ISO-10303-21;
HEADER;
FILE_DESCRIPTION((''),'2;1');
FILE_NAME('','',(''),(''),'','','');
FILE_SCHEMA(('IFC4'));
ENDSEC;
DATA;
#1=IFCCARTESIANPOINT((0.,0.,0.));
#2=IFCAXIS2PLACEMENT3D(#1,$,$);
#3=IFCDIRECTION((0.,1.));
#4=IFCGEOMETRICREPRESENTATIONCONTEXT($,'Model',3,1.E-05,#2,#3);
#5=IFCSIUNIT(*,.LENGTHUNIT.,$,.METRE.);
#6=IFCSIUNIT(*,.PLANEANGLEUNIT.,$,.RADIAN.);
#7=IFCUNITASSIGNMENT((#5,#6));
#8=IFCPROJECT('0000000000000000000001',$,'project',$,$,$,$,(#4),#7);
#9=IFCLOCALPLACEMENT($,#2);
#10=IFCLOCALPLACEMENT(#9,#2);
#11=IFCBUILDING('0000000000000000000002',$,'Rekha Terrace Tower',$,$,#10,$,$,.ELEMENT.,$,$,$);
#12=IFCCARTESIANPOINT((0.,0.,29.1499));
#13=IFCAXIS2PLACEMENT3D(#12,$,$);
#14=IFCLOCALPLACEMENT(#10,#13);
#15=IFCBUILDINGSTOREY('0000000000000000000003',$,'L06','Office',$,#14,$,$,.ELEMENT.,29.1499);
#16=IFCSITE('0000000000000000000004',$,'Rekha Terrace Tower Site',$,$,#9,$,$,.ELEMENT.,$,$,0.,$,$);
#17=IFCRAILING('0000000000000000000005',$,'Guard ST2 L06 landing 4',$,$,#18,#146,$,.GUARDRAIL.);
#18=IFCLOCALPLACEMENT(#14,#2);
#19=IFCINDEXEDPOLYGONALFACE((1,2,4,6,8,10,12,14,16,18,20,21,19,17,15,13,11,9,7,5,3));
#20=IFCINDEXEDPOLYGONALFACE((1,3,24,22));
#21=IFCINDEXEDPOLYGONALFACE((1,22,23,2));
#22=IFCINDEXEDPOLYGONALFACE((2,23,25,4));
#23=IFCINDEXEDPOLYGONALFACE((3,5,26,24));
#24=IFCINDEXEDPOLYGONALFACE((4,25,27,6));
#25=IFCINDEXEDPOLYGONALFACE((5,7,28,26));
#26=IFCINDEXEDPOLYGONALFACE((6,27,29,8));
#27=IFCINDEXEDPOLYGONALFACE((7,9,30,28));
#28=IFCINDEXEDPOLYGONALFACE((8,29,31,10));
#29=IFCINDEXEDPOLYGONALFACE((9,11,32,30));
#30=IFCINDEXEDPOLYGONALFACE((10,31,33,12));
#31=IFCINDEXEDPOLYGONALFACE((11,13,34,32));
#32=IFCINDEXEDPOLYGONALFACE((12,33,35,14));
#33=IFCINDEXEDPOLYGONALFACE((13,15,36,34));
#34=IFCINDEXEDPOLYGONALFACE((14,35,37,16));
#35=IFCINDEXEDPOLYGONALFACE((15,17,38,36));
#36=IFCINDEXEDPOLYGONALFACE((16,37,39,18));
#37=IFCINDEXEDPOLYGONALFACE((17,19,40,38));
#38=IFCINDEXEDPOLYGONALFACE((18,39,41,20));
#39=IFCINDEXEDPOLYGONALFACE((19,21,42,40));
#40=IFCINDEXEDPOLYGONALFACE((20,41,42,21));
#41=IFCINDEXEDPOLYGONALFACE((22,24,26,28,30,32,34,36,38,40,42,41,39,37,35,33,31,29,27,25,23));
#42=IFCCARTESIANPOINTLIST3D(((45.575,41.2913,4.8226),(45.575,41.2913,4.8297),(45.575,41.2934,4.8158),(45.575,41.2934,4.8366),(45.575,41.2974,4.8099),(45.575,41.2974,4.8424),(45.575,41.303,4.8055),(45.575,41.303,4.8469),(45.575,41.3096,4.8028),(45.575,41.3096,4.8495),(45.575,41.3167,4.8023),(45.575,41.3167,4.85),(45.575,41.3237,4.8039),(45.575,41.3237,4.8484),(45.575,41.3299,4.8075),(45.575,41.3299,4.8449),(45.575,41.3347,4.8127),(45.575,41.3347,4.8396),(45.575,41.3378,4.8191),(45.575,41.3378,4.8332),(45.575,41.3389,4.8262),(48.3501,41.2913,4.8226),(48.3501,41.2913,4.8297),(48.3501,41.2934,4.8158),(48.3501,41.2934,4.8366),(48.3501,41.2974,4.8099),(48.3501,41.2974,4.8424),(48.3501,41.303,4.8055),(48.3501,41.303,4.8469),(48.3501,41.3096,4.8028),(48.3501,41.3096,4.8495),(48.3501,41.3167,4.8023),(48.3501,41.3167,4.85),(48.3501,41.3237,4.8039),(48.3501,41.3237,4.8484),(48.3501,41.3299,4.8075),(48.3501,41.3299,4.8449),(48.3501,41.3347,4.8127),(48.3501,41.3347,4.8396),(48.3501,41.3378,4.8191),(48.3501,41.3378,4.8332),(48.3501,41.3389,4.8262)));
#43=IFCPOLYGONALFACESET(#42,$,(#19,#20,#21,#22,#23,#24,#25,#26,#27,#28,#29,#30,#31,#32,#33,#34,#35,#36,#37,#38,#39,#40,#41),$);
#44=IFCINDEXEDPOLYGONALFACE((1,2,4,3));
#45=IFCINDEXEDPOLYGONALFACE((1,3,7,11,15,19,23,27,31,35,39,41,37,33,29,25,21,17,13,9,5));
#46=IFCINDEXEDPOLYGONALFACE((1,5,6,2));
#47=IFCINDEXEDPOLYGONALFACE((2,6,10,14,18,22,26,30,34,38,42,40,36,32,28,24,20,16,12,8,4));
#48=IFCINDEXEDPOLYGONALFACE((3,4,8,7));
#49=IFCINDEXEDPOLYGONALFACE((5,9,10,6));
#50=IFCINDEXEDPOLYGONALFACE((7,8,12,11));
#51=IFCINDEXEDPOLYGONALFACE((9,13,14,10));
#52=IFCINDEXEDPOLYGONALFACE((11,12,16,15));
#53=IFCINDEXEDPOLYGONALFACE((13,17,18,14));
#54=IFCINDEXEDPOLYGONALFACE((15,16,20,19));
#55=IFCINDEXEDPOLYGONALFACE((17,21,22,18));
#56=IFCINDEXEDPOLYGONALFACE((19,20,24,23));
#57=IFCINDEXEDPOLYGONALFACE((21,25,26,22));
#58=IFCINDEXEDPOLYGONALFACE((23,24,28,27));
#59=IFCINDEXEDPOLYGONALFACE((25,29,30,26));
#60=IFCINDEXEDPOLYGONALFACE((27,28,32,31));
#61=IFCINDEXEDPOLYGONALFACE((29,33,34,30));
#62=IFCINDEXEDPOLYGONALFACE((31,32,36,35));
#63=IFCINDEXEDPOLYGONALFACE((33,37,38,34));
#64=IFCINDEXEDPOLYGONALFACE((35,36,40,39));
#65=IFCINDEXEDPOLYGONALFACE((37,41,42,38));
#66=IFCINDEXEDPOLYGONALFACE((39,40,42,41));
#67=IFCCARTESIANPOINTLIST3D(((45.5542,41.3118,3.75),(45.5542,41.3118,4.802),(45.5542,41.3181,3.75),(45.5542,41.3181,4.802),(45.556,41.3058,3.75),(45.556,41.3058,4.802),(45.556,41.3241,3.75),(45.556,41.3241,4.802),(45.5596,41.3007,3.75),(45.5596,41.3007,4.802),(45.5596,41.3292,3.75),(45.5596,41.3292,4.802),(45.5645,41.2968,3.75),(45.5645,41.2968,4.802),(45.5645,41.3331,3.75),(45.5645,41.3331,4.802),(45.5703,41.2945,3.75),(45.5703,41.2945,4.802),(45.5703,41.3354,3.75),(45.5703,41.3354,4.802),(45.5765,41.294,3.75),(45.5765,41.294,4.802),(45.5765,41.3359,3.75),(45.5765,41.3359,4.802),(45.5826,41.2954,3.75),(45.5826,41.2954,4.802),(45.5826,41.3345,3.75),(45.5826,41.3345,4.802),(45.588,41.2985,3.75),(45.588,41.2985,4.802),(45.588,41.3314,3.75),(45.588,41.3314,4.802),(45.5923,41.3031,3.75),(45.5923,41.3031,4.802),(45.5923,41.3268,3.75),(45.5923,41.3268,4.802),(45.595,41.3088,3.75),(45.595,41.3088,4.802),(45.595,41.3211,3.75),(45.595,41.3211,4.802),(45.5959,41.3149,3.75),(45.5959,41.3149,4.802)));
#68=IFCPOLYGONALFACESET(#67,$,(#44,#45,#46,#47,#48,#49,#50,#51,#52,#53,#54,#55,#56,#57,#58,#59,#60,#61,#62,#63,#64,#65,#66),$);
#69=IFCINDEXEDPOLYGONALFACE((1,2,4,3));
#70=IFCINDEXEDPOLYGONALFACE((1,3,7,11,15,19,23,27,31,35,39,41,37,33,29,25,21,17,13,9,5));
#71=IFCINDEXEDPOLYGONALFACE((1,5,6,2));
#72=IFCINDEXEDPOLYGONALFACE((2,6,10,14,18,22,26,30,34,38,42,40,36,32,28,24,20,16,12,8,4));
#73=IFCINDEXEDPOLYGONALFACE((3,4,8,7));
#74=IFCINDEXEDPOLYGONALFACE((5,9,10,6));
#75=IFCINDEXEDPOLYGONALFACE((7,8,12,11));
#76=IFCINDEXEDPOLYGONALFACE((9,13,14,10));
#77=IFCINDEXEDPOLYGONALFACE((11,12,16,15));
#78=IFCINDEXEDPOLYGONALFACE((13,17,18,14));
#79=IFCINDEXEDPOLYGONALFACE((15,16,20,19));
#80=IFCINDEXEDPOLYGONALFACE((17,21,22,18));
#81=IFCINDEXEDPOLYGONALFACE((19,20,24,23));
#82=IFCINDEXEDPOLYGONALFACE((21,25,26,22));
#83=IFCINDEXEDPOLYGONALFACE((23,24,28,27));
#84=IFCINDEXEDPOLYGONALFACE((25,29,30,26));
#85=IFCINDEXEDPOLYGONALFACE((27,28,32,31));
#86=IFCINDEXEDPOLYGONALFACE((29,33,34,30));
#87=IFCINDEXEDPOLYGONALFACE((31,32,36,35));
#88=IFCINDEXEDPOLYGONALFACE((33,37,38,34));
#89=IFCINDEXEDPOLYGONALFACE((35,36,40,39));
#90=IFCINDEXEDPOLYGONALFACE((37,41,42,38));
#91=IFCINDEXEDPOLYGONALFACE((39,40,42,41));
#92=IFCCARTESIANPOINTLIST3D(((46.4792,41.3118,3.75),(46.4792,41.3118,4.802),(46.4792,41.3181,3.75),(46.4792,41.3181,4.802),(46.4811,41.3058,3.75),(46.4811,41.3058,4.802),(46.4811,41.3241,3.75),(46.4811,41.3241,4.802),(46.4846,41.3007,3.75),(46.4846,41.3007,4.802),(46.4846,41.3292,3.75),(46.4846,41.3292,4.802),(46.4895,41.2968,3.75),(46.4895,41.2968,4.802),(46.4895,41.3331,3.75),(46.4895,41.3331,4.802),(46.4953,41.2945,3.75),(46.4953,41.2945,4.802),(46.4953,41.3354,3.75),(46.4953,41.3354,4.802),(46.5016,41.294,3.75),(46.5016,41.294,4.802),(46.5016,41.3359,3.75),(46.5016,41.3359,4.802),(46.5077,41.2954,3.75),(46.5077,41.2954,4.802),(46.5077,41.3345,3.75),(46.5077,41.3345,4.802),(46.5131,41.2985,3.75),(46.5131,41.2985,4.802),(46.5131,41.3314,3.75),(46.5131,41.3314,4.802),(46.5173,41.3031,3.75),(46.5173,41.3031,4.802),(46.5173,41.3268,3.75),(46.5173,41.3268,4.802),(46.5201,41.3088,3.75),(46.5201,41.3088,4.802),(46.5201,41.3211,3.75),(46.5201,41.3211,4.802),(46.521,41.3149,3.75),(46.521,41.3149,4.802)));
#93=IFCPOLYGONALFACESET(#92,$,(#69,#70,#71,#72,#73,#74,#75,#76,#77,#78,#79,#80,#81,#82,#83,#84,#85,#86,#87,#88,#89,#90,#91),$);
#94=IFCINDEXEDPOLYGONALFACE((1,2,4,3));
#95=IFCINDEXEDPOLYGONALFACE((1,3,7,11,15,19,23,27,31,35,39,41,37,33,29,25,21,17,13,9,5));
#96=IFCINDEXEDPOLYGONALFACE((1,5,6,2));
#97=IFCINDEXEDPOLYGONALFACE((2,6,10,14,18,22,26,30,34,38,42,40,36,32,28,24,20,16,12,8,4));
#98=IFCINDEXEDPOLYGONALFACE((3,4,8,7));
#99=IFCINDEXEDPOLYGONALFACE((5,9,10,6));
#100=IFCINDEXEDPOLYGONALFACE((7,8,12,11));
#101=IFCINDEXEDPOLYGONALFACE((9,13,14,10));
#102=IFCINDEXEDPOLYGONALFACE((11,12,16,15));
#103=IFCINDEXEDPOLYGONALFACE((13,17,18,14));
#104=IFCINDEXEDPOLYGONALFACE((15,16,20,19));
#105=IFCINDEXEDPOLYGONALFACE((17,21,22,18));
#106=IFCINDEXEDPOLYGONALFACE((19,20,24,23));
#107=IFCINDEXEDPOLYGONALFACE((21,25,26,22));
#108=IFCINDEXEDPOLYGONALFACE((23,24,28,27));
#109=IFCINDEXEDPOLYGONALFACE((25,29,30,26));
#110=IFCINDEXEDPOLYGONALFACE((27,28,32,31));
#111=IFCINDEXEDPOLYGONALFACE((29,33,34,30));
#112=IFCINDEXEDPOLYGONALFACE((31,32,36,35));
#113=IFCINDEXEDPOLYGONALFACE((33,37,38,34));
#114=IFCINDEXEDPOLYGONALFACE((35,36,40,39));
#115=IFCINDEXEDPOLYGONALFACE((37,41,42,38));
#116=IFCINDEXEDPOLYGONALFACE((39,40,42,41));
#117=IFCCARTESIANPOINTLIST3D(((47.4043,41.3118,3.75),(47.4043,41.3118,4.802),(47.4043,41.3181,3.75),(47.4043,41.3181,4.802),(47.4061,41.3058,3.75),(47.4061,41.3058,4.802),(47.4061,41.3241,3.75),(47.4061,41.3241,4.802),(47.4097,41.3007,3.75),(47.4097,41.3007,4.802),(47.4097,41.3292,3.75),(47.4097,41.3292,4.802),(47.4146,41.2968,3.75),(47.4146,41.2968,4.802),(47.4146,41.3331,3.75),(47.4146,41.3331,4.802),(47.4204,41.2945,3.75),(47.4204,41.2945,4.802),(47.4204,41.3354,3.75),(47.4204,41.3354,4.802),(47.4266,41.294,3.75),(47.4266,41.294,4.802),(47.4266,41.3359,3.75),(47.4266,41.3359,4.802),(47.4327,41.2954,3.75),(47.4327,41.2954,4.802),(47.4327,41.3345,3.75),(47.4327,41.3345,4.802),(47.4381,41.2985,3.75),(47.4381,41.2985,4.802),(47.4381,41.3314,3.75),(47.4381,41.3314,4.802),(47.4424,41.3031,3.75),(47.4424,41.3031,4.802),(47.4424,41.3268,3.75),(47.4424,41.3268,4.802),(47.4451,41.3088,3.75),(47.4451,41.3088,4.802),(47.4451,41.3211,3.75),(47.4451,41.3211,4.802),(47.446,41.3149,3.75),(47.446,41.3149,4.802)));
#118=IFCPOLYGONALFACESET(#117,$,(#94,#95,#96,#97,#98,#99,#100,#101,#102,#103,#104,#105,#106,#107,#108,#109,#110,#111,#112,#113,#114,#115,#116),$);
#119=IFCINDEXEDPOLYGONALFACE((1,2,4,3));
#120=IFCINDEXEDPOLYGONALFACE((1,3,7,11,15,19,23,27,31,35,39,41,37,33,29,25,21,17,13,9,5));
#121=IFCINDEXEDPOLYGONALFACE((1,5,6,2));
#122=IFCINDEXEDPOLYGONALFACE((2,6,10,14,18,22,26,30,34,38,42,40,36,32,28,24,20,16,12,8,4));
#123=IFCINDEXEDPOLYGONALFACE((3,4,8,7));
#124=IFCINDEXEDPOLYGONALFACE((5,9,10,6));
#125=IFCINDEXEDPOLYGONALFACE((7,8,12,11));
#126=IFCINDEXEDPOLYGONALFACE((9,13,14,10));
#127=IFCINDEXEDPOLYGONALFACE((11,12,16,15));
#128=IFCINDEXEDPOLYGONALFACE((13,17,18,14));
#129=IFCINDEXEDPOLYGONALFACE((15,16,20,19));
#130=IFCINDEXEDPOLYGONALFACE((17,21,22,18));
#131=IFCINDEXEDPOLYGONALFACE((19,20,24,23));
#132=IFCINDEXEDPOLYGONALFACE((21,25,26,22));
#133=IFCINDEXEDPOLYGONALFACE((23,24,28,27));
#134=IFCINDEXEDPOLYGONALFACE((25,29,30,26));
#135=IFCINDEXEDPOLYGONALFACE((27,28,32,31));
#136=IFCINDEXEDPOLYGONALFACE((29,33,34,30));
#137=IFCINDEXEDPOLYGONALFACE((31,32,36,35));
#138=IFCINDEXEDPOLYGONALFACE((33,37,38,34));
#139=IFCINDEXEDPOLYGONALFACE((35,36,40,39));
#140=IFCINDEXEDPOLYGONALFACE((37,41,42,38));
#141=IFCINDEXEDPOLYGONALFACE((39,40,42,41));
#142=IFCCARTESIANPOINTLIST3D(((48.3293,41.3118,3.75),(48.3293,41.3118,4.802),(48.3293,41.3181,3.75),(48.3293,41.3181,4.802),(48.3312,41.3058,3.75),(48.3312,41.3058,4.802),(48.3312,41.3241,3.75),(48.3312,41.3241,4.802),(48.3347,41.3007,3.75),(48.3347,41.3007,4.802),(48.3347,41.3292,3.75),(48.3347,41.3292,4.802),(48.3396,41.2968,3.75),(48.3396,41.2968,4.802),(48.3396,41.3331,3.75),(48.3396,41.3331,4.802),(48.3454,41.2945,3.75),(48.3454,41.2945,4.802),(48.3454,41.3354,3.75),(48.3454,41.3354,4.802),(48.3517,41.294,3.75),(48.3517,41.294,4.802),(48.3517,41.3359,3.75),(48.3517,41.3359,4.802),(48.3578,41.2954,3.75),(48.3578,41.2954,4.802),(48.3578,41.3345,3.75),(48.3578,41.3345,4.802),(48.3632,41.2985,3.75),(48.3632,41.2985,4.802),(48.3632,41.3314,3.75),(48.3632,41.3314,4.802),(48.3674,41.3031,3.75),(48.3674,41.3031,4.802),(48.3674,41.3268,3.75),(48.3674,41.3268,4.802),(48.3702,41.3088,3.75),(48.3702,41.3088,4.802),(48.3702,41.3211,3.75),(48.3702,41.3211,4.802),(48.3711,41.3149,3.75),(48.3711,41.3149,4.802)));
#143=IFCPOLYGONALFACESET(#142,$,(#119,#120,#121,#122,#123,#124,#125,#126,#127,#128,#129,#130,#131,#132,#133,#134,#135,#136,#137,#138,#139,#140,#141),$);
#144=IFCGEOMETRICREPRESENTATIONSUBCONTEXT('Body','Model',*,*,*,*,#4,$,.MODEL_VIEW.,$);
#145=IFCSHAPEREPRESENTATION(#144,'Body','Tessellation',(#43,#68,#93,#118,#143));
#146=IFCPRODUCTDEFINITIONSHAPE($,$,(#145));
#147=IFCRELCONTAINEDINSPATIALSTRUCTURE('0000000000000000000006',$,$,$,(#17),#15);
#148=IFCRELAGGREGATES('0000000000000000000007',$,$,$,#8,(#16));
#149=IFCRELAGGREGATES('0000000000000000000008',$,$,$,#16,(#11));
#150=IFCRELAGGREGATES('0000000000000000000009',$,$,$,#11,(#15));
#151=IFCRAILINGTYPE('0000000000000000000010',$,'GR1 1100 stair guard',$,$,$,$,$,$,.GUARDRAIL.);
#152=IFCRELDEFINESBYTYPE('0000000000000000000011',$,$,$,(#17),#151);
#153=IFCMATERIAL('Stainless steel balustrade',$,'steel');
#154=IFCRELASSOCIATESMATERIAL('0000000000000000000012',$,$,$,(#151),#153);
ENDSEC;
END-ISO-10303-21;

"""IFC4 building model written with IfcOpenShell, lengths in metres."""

from ifc_helpers import new_model, si_unit, direction, frame, origin, origin_2d, place, context, subcontext, project, spatial, circle, extrude, material, type_object, element, save


model = new_model("IFC4")

# Units and contexts
model_context = context("Model", 3, precision=1e-05, world=origin(), true_north=direction((0.0, 1.0)))
body_context = subcontext(model_context, "Body", "Model", "MODEL_VIEW")
ifc_project = project(units=[si_unit("LENGTHUNIT", "METRE"), si_unit("PLANEANGLEUNIT", "RADIAN")], contexts=[model_context])

# Site, building, storey
site_placement = place(None, origin())
site = spatial("IfcSite", under=ifc_project, at=site_placement, Name="Rekha Terrace Tower Site", CompositionType="ELEMENT", RefElevation=0.0)
building_placement = place(site_placement, origin())
building = spatial("IfcBuilding", under=site, at=building_placement, Name="Rekha Terrace Tower", CompositionType="ELEMENT")
storey_placement = place(building_placement, frame((0.0, 0.0, 29.1499)))
storey = spatial("IfcBuildingStorey", under=building, at=storey_placement, Name="L06", Description="Office", CompositionType="ELEMENT", Elevation=29.1499)

# Railing
ifc_material_1 = material(Name="Stainless steel balustrade", Category="steel")
railing_type_1 = type_object("IfcRailingType", Name="GR1 1100 stair guard", PredefinedType="GUARDRAIL", material=ifc_material_1)
railing_1_placement = place(storey_placement, frame((45.575, 41.3149, 3.75)))
element("IfcRailing", 1, at=railing_1_placement, inside=storey, type_object=railing_type_1, Name="Guard ST2 L06 landing 4", PredefinedType="GUARDRAIL", context=body_context, shape_type="SweptSolid", body=[
    extrude(circle(Radius=0.0239, at=origin_2d()), frame((0.0, 0.0, 1.0762), z_axis=(1.0, 0.0, 0.0), x_axis=(0.0, 1.0, 0.0)), (0.0, 0.0, 1.0), 2.7751),
    extrude(circle(Radius=0.021, at=origin_2d()), origin(), (0.0, 0.0, 1.0), 1.052),
    extrude(circle(Radius=0.021, at=origin_2d()), frame((0.925, 0.0, 0.0)), (0.0, 0.0, 1.0), 1.052),
    extrude(circle(Radius=0.021, at=origin_2d()), frame((1.8501, 0.0, 0.0)), (0.0, 0.0, 1.0), 1.052),
    extrude(circle(Radius=0.021, at=origin_2d()), frame((2.7751, 0.0, 0.0)), (0.0, 0.0, 1.0), 1.052),
])

save(model, "model.ifc")
